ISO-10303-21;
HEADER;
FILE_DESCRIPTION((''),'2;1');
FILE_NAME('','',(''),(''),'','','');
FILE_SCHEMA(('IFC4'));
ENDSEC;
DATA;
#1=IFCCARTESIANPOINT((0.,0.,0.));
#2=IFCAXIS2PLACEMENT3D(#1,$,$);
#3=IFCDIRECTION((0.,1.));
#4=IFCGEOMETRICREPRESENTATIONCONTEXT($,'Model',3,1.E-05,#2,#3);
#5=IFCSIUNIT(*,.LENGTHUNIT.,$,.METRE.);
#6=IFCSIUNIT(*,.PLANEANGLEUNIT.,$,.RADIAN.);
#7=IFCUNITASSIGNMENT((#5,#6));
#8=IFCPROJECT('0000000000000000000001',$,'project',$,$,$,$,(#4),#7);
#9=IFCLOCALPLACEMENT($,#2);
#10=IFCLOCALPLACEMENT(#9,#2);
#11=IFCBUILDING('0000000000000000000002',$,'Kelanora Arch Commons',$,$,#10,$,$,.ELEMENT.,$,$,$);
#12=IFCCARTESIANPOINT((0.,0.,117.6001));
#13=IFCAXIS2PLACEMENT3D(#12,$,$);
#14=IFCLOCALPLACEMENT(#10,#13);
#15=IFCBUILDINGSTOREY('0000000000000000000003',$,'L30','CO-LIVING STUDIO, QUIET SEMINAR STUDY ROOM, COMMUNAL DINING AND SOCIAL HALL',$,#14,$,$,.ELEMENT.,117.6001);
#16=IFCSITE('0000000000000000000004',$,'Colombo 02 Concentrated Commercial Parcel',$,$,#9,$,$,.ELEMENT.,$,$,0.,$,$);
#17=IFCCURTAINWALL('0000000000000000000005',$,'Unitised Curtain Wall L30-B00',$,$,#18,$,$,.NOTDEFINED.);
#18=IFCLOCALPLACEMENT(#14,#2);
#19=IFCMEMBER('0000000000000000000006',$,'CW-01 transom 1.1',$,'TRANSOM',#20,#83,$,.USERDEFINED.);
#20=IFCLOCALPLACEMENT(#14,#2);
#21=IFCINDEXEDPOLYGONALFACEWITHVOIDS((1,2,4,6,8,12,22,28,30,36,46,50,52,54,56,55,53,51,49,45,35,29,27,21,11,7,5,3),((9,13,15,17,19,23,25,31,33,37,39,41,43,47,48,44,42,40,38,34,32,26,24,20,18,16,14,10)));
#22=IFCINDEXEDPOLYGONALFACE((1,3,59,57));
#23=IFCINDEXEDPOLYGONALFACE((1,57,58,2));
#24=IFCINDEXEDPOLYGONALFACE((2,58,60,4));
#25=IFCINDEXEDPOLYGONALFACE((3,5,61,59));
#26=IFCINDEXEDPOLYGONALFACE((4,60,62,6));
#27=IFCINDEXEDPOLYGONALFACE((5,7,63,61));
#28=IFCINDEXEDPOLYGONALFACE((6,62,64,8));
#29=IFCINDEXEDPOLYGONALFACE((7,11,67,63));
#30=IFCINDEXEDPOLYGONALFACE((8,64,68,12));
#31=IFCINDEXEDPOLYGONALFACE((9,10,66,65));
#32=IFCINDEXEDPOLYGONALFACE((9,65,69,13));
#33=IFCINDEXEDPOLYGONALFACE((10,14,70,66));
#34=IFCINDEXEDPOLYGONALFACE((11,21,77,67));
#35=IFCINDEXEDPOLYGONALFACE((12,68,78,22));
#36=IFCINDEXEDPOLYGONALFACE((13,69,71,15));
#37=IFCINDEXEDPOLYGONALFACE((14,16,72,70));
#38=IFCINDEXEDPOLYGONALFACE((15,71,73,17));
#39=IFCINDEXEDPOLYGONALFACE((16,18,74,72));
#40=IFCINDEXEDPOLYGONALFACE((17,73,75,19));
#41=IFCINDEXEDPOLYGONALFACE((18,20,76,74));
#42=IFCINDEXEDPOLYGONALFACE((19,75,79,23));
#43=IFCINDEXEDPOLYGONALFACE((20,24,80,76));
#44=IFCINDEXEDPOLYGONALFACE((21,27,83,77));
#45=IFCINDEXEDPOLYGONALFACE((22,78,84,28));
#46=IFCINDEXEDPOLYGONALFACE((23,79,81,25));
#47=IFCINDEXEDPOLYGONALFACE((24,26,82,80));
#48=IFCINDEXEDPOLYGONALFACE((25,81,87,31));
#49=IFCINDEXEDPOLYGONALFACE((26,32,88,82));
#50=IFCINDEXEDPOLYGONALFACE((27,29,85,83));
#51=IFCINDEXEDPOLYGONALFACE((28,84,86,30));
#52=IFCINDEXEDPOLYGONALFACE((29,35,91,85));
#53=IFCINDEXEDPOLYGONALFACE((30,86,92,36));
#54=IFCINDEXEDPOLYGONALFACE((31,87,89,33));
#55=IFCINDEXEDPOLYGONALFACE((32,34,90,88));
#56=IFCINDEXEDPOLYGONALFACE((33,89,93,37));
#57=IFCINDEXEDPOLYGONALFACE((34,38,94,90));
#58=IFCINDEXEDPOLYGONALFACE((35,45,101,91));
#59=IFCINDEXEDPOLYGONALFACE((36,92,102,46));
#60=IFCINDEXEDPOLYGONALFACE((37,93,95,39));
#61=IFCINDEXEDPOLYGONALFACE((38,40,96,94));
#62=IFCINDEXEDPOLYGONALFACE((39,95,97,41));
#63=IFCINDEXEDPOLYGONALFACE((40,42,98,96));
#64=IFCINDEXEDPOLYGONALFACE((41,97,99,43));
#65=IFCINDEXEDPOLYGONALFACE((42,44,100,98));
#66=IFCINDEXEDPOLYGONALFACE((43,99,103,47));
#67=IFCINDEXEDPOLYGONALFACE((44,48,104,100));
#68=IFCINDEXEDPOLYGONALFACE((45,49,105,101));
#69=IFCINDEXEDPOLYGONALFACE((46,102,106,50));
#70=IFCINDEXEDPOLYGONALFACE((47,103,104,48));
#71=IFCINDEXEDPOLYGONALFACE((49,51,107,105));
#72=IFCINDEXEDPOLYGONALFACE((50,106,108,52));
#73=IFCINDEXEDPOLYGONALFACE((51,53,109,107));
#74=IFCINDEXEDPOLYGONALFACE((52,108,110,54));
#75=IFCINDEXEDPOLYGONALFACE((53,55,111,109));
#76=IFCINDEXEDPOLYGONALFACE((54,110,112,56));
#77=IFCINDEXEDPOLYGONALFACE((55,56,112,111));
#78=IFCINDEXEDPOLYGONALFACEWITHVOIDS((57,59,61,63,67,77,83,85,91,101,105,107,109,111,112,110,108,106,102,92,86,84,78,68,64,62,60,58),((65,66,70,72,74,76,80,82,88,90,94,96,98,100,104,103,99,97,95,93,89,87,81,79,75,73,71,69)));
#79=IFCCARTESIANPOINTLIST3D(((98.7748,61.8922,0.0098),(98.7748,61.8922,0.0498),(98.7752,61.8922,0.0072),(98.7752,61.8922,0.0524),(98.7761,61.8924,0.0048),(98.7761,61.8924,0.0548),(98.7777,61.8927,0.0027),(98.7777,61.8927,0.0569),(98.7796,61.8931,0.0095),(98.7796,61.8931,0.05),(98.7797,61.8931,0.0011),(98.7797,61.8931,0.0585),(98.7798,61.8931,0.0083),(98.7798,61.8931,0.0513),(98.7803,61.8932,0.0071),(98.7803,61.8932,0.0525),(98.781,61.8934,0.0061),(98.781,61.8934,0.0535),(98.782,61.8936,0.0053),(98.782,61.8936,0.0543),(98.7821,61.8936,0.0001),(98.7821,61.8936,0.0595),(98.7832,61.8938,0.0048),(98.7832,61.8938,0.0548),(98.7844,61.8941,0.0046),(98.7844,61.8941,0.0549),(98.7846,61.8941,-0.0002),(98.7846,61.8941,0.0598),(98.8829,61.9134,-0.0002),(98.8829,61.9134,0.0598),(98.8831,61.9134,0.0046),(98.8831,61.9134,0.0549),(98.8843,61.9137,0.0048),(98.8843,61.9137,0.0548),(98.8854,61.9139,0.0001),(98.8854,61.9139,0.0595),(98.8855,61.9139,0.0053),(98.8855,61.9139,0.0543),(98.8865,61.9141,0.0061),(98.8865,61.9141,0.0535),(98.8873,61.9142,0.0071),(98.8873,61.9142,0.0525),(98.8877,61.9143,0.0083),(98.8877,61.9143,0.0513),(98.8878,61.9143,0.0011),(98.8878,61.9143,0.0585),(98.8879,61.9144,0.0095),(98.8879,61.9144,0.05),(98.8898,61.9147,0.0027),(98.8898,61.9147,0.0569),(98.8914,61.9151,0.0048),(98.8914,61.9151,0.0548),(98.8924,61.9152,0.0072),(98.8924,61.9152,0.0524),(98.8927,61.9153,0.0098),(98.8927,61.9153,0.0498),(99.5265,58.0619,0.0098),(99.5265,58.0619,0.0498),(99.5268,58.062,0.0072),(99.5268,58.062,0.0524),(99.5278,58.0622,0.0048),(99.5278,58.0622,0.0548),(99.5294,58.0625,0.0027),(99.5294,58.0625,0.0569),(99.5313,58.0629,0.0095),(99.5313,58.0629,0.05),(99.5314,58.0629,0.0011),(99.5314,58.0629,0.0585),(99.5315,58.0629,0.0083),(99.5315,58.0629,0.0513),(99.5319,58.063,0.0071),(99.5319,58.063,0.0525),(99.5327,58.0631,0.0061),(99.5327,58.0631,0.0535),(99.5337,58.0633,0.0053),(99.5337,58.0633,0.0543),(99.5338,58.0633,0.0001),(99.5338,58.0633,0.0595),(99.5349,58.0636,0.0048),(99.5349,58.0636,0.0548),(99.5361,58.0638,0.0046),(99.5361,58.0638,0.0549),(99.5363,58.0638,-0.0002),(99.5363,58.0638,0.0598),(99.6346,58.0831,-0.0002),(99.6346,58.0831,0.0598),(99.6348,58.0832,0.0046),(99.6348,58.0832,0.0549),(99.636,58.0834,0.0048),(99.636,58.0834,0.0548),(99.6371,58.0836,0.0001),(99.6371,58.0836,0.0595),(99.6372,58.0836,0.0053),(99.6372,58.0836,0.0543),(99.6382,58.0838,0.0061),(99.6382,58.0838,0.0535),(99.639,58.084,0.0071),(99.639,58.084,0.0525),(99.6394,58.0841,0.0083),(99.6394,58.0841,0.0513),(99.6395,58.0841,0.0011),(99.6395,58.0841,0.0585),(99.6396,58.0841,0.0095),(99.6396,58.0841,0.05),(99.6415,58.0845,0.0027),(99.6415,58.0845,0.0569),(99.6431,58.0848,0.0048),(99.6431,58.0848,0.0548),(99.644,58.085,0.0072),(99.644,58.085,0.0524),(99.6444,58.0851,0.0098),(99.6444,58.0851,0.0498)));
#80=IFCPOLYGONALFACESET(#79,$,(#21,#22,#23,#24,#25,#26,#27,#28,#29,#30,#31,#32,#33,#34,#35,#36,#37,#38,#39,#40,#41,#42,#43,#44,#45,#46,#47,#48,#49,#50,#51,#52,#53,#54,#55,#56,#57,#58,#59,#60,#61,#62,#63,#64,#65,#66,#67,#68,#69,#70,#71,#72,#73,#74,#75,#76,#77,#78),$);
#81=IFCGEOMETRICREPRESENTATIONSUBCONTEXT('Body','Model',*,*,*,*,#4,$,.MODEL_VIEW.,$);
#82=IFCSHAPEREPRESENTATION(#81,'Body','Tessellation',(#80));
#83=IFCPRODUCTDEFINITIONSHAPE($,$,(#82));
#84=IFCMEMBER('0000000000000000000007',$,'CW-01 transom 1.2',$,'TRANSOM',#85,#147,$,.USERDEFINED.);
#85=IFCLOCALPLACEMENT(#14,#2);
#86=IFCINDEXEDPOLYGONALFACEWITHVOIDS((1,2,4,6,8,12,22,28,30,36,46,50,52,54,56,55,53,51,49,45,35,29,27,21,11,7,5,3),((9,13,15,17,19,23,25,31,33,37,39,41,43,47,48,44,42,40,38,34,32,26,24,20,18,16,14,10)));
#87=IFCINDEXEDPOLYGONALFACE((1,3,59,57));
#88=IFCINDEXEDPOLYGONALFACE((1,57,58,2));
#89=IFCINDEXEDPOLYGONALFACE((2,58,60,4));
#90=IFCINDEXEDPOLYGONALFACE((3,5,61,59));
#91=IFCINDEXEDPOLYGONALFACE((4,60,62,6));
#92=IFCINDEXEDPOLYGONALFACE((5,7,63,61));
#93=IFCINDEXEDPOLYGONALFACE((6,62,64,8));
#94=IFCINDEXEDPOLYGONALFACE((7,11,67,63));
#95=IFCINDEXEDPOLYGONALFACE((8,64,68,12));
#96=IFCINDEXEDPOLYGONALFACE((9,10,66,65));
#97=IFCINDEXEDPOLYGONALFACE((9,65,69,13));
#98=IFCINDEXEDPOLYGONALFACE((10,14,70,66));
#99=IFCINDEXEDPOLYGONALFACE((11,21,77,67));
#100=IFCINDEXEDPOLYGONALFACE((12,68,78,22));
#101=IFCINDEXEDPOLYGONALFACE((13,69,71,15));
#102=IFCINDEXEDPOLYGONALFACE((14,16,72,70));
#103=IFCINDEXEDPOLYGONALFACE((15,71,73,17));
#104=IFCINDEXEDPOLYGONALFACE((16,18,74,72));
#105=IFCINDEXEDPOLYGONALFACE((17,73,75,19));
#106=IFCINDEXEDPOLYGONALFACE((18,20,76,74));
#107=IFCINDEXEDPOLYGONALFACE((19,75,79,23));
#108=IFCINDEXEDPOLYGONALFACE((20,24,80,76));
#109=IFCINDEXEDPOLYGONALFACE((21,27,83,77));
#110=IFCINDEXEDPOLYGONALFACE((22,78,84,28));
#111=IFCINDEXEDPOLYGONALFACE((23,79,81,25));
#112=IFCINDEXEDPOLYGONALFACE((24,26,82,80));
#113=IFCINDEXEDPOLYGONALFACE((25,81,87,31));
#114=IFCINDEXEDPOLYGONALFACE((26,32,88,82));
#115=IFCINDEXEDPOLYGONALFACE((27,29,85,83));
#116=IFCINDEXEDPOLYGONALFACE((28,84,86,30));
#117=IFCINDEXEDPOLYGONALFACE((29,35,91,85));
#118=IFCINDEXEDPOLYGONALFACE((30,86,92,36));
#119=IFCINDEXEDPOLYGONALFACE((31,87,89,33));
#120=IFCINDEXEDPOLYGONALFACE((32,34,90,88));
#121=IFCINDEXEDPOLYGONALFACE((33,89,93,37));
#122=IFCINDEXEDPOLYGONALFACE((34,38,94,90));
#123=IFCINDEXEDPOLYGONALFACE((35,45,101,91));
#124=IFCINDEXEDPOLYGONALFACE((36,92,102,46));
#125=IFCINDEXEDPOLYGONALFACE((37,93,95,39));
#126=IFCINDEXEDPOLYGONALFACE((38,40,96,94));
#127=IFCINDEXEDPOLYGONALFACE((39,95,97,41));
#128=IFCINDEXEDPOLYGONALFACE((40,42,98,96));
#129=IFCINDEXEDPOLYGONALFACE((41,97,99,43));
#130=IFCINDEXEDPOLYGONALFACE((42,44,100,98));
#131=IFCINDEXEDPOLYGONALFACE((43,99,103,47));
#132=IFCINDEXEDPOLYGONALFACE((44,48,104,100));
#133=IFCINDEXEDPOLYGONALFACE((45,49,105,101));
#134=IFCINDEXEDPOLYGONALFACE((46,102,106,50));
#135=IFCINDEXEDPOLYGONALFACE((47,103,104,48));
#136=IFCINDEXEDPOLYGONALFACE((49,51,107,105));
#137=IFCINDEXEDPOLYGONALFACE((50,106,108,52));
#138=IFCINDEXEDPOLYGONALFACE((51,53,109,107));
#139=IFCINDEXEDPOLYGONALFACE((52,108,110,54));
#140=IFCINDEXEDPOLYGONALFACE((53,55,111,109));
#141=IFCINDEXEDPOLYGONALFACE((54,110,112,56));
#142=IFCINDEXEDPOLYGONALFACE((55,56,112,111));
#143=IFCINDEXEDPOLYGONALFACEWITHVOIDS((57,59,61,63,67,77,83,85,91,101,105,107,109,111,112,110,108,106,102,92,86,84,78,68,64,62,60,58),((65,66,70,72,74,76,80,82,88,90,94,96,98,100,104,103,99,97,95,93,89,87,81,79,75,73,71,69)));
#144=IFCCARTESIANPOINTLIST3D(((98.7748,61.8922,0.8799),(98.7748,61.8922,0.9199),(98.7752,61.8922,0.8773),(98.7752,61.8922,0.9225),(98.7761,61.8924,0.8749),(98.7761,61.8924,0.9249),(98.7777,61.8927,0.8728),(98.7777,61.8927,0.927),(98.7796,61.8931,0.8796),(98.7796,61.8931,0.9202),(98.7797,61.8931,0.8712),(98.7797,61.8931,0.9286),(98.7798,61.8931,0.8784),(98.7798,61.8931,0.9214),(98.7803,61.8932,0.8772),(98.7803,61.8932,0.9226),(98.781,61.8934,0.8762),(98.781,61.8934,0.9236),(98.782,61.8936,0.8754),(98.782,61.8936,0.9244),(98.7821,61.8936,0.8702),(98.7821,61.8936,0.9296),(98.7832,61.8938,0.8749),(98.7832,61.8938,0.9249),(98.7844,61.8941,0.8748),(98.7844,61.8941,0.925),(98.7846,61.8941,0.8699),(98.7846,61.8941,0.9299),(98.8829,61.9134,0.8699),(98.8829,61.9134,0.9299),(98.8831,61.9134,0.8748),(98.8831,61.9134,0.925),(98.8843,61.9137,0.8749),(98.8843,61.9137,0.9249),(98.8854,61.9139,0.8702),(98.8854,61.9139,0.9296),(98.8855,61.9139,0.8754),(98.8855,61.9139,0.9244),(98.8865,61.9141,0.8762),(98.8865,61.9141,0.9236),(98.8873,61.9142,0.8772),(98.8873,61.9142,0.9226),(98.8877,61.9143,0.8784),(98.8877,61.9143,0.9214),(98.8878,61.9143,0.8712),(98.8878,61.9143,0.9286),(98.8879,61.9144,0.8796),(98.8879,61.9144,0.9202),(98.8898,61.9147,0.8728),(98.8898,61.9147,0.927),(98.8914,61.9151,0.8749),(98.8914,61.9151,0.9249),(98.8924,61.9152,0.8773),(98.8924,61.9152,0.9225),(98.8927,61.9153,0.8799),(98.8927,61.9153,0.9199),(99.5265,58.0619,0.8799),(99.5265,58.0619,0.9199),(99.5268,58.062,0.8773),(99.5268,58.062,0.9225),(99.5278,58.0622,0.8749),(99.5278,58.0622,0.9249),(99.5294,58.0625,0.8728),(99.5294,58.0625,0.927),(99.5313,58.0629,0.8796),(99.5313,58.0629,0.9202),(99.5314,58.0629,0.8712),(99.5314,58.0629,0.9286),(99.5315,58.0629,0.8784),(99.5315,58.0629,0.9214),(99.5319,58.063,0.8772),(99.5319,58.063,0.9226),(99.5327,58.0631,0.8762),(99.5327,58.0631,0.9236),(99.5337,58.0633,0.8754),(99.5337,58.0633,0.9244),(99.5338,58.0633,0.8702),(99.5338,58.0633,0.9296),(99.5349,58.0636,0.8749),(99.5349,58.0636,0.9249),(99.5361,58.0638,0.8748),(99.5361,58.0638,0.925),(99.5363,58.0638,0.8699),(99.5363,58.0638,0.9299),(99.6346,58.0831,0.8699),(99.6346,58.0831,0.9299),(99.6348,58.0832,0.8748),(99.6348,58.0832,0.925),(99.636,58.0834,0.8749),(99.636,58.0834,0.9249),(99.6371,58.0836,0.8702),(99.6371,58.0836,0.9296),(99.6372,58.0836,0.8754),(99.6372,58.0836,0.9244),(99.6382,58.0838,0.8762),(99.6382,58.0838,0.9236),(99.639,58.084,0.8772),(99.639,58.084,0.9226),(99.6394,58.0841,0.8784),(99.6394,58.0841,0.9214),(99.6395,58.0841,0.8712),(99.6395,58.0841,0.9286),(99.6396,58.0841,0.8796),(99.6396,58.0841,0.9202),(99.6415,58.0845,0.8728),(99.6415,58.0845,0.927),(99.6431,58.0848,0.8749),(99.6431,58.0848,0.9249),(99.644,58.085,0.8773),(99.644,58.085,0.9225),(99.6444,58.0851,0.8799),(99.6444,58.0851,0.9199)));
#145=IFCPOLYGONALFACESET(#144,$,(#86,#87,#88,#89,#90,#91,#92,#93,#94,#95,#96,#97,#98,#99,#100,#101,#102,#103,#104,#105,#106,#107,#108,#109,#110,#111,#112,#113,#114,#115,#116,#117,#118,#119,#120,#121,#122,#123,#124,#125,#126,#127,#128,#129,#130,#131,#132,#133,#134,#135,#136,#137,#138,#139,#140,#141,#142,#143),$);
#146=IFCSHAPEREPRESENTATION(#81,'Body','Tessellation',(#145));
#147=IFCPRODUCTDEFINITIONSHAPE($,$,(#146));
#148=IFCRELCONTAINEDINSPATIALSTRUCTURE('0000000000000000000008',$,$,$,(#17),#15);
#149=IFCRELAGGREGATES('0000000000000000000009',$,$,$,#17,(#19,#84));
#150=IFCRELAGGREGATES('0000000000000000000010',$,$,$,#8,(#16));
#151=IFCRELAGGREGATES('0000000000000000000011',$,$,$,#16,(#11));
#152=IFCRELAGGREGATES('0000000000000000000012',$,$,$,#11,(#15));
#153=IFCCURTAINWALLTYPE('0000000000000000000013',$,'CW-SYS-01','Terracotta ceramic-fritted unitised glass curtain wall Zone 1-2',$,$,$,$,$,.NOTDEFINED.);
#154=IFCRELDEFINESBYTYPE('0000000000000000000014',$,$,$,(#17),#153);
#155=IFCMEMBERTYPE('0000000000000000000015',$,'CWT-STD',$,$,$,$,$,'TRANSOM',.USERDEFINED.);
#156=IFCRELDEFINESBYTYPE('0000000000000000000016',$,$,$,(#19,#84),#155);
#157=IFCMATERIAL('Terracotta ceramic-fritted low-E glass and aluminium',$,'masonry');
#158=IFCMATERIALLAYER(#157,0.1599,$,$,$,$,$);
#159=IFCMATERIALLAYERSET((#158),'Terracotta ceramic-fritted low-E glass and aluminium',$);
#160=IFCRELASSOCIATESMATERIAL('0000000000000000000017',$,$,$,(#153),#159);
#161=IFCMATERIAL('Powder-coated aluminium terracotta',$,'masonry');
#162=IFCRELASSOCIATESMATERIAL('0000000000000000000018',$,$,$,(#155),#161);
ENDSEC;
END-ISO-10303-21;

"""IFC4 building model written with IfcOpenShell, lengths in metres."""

from ifc_helpers import new_model, si_unit, direction, frame, origin, origin_2d, place, context, subcontext, project, spatial, hollow_rectangle, extrude, material, layer, layer_set, material_profile, profile_set, type_object, element, aggregate, save


model = new_model("IFC4")

# Units and contexts
model_context = context("Model", 3, precision=1e-05, world=origin(), true_north=direction((0.0, 1.0)))
body_context = subcontext(model_context, "Body", "Model", "MODEL_VIEW")
ifc_project = project(units=[si_unit("LENGTHUNIT", "METRE"), si_unit("PLANEANGLEUNIT", "RADIAN")], contexts=[model_context])

# Site, building, storey
site_placement = place(None, origin())
site = spatial("IfcSite", under=ifc_project, at=site_placement, Name="Colombo 02 Concentrated Commercial Parcel", CompositionType="ELEMENT", RefElevation=0.0)
building_placement = place(site_placement, origin())
building = spatial("IfcBuilding", under=site, at=building_placement, Name="Kelanora Arch Commons", CompositionType="ELEMENT")
storey_placement = place(building_placement, frame((0.0, 0.0, 117.6001)))
storey = spatial("IfcBuildingStorey", under=building, at=storey_placement, Name="L30", Description="CO-LIVING STUDIO, QUIET SEMINAR STUDY ROOM, COMMUNAL DINING AND SOCIAL HALL", CompositionType="ELEMENT", Elevation=117.6001)

# Curtain wall, members
ifc_material_1 = material(Name="Terracotta ceramic-fritted low-E glass and aluminium", Category="masonry")
ifc_layer_1 = layer(ifc_material_1, 0.1599)
ifc_layer_set_1 = layer_set([ifc_layer_1], Name="Terracotta ceramic-fritted low-E glass and aluminium")
curtain_wall_type = type_object("IfcCurtainWallType", Name="CW-SYS-01", Description="Terracotta ceramic-fritted unitised glass curtain wall Zone 1-2", PredefinedType="NOTDEFINED", material=ifc_layer_set_1)
curtain_wall_placement = place(storey_placement, origin())
curtain_wall = element("IfcCurtainWall", 1, at=curtain_wall_placement, inside=storey, type_object=curtain_wall_type, Name="Unitised Curtain Wall L30-B00", PredefinedType="NOTDEFINED")
ifc_material_2 = material(Name="Powder-coated aluminium terracotta", Category="masonry")
ifc_material_profile_1 = material_profile(ifc_material_2, hollow_rectangle(XDim=0.1201, YDim=0.0601, WallThickness=0.0049, InnerFilletRadius=0.0049, OuterFilletRadius=0.01, at=origin_2d()), Name="CWT120x60")
ifc_profile_set_1 = profile_set([ifc_material_profile_1], Name="Powder-coated aluminium terracotta")
member_type_1 = type_object("IfcMemberType", Name="CWT-STD", ElementType="TRANSOM", PredefinedType="USERDEFINED", material=ifc_profile_set_1)
member_1_placement = place(storey_placement, frame((99.5854, 58.0735, 0.0298), z_axis=(-0.192579, 0.981282, 0.0), x_axis=(-0.981282, -0.192579, 0.0)))
member_1 = element("IfcMember", 2, at=member_1_placement, type_object=member_type_1, Name="CW-01 transom 1.1", ObjectType="TRANSOM", PredefinedType="USERDEFINED", context=body_context, shape_type="SweptSolid", body=[
    extrude(hollow_rectangle(XDim=0.1201, YDim=0.0601, WallThickness=0.0049, InnerFilletRadius=0.0049, OuterFilletRadius=0.01, at=origin_2d()), origin(), (0.0, 0.0, 1.0), 3.9033),
])
member_2_placement = place(storey_placement, frame((99.5854, 58.0735, 0.8999), z_axis=(-0.192579, 0.981282, 0.0), x_axis=(-0.981282, -0.192579, 0.0)))
member_2 = element("IfcMember", 3, at=member_2_placement, type_object=member_type_1, Name="CW-01 transom 1.2", ObjectType="TRANSOM", PredefinedType="USERDEFINED", context=body_context, shape_type="SweptSolid", body=[
    extrude(hollow_rectangle(XDim=0.1201, YDim=0.0601, WallThickness=0.0049, InnerFilletRadius=0.0049, OuterFilletRadius=0.01, at=origin_2d()), origin(), (0.0, 0.0, 1.0), 3.9033),
])
aggregate(curtain_wall, [member_1, member_2])

save(model, "model.ifc")
